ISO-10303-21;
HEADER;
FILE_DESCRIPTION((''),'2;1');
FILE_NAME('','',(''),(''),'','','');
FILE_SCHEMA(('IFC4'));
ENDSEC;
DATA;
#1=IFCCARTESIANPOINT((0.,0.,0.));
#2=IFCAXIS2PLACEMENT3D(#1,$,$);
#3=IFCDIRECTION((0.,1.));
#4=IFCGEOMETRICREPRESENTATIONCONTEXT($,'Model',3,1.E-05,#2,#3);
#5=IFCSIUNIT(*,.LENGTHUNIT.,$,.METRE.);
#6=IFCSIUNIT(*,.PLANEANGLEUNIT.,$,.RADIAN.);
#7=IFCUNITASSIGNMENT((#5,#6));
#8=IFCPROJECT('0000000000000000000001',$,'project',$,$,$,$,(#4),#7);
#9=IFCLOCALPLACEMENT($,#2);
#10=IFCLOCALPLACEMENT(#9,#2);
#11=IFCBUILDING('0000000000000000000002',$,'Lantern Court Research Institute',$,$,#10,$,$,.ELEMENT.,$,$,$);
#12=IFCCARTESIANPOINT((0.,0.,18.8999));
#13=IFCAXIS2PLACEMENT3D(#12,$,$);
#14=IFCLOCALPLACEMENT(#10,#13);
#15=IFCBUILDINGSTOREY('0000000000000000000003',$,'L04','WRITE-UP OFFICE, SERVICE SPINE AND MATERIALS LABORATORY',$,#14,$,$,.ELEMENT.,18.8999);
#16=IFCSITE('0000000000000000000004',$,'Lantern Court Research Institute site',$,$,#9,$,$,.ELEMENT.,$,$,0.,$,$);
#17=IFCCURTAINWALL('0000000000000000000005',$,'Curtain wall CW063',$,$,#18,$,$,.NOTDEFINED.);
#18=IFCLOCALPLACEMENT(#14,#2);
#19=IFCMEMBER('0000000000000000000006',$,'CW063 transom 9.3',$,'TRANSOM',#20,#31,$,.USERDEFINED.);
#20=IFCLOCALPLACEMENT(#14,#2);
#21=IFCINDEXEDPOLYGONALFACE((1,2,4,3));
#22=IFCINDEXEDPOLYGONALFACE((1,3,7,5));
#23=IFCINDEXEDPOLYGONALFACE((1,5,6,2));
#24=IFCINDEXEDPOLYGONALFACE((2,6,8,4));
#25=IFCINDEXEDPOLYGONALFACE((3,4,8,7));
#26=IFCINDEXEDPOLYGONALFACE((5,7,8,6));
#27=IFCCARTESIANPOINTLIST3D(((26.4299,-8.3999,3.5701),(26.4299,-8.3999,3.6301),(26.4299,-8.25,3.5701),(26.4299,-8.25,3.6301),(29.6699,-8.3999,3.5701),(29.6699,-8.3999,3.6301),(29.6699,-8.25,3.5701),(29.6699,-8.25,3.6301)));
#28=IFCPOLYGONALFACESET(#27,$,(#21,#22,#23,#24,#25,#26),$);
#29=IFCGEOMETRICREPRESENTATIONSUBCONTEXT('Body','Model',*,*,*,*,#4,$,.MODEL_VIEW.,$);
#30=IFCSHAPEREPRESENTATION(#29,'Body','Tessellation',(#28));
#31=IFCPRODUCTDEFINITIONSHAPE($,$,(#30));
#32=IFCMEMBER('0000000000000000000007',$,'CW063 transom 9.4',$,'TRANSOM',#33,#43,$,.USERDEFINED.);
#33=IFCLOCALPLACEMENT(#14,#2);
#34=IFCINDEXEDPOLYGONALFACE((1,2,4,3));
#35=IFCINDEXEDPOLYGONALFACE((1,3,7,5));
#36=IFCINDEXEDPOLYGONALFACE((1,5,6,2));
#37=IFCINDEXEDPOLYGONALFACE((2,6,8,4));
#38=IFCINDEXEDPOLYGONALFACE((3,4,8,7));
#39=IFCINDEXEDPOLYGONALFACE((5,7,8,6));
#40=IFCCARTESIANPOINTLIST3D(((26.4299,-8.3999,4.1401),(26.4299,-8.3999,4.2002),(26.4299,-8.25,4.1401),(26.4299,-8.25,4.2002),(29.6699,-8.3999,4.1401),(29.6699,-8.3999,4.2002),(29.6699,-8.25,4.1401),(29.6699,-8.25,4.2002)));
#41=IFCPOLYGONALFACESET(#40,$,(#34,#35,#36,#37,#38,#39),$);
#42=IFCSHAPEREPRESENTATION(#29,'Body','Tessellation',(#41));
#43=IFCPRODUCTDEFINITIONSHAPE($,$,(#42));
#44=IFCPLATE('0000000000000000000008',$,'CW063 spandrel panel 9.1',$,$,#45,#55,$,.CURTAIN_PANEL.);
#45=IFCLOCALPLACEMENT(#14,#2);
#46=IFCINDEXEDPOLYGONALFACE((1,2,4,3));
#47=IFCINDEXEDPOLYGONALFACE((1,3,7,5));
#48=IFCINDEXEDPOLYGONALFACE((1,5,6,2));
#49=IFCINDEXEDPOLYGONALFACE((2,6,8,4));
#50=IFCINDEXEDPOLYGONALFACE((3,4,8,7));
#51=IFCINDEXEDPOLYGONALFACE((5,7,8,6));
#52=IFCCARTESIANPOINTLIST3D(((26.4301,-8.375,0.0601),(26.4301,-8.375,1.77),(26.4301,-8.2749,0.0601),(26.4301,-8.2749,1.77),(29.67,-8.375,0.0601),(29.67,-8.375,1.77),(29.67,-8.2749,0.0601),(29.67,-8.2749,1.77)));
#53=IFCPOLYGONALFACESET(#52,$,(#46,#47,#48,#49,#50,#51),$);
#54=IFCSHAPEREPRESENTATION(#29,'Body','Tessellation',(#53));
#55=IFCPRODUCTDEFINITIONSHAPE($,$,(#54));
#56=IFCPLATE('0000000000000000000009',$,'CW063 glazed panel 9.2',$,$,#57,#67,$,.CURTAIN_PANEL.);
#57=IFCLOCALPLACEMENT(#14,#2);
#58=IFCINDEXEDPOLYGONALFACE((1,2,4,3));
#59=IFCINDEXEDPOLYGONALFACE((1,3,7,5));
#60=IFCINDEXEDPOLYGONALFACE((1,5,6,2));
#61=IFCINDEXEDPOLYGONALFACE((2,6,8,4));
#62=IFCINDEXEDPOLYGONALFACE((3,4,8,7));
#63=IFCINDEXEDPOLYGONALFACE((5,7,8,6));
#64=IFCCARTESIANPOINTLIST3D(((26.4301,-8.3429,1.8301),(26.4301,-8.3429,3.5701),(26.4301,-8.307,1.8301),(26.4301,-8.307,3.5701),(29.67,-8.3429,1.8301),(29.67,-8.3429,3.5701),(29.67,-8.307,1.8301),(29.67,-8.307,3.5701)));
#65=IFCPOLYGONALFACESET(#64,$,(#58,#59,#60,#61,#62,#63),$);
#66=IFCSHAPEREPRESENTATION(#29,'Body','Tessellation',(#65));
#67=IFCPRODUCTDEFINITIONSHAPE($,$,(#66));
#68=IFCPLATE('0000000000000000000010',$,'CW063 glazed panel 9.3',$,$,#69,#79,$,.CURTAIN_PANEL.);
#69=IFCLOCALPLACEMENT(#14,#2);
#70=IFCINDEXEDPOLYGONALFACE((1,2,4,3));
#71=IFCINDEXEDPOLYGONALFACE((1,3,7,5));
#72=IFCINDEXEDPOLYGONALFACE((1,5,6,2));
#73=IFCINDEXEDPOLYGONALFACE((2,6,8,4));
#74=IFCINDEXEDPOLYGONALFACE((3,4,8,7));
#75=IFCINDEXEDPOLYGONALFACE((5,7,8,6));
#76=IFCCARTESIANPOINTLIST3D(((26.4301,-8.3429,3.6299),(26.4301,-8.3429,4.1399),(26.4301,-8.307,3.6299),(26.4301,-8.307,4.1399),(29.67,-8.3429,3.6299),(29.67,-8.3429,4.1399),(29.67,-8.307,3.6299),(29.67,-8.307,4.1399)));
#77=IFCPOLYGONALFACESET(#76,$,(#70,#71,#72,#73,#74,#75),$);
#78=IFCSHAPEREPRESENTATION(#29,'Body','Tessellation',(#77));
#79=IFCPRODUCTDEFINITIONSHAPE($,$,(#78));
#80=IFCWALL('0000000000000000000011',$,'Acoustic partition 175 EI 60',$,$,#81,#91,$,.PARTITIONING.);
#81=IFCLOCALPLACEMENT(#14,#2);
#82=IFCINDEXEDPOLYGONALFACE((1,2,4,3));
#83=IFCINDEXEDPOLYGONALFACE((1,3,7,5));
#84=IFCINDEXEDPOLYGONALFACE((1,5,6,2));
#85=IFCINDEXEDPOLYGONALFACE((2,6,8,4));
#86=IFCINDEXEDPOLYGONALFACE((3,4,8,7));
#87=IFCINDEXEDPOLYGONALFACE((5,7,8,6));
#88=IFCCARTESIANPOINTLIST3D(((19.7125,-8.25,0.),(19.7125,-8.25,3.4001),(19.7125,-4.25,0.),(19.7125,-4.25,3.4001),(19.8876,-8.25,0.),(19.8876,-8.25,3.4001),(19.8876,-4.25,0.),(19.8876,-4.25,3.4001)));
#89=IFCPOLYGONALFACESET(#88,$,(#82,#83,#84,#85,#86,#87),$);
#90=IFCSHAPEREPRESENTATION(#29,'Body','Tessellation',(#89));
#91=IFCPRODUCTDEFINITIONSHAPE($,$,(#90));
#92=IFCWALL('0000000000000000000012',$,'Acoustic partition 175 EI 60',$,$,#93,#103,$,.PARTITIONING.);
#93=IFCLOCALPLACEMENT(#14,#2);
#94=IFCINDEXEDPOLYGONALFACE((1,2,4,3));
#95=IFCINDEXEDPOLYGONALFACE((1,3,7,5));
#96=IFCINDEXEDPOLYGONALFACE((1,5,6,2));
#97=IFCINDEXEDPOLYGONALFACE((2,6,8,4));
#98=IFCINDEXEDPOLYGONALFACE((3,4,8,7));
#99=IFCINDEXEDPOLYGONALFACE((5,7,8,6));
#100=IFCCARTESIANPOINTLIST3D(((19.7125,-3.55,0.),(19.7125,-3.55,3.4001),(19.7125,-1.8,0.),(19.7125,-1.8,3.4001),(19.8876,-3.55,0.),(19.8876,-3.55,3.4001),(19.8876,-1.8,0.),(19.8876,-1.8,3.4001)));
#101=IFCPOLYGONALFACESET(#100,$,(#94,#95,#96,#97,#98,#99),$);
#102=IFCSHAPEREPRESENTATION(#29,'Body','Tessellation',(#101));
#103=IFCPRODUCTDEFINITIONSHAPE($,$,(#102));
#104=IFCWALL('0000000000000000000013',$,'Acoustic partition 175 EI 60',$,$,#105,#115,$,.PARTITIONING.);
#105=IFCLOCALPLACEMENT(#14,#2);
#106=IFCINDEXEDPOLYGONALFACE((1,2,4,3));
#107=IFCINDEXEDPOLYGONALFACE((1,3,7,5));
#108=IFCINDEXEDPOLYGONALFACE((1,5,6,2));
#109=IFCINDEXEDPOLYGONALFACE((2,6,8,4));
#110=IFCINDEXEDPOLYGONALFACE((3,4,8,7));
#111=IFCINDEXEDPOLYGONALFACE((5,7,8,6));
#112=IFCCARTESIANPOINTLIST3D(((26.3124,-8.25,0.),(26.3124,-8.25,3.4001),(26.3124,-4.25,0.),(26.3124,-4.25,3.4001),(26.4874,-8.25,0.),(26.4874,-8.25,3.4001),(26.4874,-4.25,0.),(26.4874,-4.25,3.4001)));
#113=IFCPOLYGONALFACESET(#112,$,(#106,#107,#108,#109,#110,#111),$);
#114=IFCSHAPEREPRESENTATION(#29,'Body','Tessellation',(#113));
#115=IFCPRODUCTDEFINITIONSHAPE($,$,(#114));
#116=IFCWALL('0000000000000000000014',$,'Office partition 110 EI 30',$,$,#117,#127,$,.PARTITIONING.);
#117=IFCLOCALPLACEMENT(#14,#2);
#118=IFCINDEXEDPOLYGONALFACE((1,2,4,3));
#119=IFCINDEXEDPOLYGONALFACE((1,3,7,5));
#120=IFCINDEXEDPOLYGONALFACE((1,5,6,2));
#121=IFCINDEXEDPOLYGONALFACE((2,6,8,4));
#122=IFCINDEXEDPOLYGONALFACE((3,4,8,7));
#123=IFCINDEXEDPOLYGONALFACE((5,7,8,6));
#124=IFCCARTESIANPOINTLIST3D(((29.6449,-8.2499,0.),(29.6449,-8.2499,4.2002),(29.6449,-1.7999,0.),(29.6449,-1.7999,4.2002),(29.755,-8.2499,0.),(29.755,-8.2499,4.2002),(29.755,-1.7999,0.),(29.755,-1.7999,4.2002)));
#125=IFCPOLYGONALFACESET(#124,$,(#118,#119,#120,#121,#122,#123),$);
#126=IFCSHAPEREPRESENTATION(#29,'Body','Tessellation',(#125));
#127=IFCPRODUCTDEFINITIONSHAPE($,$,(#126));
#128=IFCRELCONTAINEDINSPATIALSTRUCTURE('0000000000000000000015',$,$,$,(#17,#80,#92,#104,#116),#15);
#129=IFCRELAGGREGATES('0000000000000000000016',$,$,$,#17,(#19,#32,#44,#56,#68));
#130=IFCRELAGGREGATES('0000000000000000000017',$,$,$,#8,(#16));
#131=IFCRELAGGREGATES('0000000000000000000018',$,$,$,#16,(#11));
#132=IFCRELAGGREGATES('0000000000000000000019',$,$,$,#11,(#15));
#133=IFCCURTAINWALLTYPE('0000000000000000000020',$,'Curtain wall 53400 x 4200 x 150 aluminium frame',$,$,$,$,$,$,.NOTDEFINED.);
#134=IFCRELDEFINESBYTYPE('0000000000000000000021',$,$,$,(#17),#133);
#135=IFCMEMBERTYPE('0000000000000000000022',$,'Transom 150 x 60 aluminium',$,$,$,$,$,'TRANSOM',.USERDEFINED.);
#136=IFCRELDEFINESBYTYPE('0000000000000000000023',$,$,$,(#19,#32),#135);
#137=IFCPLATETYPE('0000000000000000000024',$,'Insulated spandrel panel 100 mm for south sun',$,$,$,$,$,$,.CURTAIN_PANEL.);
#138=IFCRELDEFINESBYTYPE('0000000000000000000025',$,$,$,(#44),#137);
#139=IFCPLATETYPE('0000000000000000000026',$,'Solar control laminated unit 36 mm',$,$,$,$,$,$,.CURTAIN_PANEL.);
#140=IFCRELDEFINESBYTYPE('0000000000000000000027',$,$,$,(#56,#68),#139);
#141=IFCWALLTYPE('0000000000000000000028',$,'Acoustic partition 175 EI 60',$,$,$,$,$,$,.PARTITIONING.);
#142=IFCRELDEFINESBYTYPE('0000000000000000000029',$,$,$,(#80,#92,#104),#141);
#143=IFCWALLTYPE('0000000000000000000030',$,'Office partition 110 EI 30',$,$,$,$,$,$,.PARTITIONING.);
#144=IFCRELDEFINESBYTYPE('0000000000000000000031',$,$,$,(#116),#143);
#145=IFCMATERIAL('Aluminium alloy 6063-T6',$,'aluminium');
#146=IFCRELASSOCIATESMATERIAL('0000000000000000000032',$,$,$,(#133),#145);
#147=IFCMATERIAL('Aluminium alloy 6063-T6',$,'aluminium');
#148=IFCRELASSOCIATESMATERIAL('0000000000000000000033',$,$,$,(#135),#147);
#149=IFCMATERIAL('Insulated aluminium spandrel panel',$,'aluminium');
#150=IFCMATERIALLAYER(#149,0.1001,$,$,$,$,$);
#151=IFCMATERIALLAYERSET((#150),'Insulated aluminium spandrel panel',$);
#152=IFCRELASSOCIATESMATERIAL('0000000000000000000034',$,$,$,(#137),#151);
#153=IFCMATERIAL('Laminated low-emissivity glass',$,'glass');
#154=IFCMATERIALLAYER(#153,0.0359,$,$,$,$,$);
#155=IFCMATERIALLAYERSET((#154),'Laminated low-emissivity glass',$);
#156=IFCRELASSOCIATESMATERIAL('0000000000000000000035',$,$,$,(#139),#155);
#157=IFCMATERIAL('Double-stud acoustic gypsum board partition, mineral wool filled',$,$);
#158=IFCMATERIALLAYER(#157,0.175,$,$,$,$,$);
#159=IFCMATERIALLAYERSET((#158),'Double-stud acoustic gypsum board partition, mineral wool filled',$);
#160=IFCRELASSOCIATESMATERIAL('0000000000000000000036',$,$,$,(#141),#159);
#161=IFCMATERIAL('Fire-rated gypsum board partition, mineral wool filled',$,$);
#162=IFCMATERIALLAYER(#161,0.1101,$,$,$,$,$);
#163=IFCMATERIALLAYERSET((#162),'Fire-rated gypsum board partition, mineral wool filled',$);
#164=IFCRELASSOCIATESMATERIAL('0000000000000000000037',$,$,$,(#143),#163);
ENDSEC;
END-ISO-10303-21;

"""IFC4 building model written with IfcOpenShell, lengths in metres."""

from ifc_helpers import new_model, si_unit, direction, frame, frame_2d, origin, origin_2d, place, context, subcontext, project, spatial, rectangle, extrude, material, layer, layer_set, material_profile, profile_set, type_object, element, aggregate, save


model = new_model("IFC4")

# Units and contexts
model_context = context("Model", 3, precision=1e-05, world=origin(), true_north=direction((0.0, 1.0)))
body_context = subcontext(model_context, "Body", "Model", "MODEL_VIEW")
ifc_project = project(units=[si_unit("LENGTHUNIT", "METRE"), si_unit("PLANEANGLEUNIT", "RADIAN")], contexts=[model_context])

# Site, building, storey
site_placement = place(None, origin())
site = spatial("IfcSite", under=ifc_project, at=site_placement, Name="Lantern Court Research Institute site", CompositionType="ELEMENT", RefElevation=0.0)
building_placement = place(site_placement, origin())
building = spatial("IfcBuilding", under=site, at=building_placement, Name="Lantern Court Research Institute", CompositionType="ELEMENT")
storey_placement = place(building_placement, frame((0.0, 0.0, 18.8999)))
storey = spatial("IfcBuildingStorey", under=building, at=storey_placement, Name="L04", Description="WRITE-UP OFFICE, SERVICE SPINE AND MATERIALS LABORATORY", CompositionType="ELEMENT", Elevation=18.8999)

# Curtain wall
ifc_material_1 = material(Name="Aluminium alloy 6063-T6", Category="aluminium")
curtain_wall_type = type_object("IfcCurtainWallType", Name="Curtain wall 53400 x 4200 x 150 aluminium frame", PredefinedType="NOTDEFINED", material=ifc_material_1)
curtain_wall_placement = place(storey_placement, origin())
curtain_wall = element("IfcCurtainWall", 1, at=curtain_wall_placement, inside=storey, type_object=curtain_wall_type, Name="Curtain wall CW063", PredefinedType="NOTDEFINED")

# Members
ifc_material_2 = material(Name="Aluminium alloy 6063-T6", Category="aluminium")
ifc_material_profile_1 = material_profile(ifc_material_2, rectangle(XDim=0.1499, YDim=0.0601, at=origin_2d()), Name="Transom 150 x 60")
ifc_profile_set_1 = profile_set([ifc_material_profile_1], Name="Aluminium alloy 6063-T6")
member_type_1 = type_object("IfcMemberType", Name="Transom 150 x 60 aluminium", ElementType="TRANSOM", PredefinedType="USERDEFINED", material=ifc_profile_set_1)
member_1_placement = place(storey_placement, frame((29.6699, -8.325, 3.6001), z_axis=(-1.0, 0.0, 0.0), x_axis=(0.0, -1.0, 0.0)))
member_1 = element("IfcMember", 2, at=member_1_placement, type_object=member_type_1, Name="CW063 transom 9.3", ObjectType="TRANSOM", PredefinedType="USERDEFINED", context=body_context, shape_type="SweptSolid", body=[
    extrude(rectangle(XDim=0.1499, YDim=0.0601, at=origin_2d()), origin(), (0.0, 0.0, 1.0), 3.24),
])
member_2_placement = place(storey_placement, frame((29.6699, -8.325, 4.1702), z_axis=(-1.0, 0.0, 0.0), x_axis=(0.0, -1.0, 0.0)))
member_2 = element("IfcMember", 3, at=member_2_placement, type_object=member_type_1, Name="CW063 transom 9.4", ObjectType="TRANSOM", PredefinedType="USERDEFINED", context=body_context, shape_type="SweptSolid", body=[
    extrude(rectangle(XDim=0.1499, YDim=0.0601, at=origin_2d()), origin(), (0.0, 0.0, 1.0), 3.24),
])

# Plates
ifc_material_3 = material(Name="Insulated aluminium spandrel panel", Category="aluminium")
ifc_layer_1 = layer(ifc_material_3, 0.1001)
ifc_layer_set_1 = layer_set([ifc_layer_1], Name="Insulated aluminium spandrel panel")
plate_type_1 = type_object("IfcPlateType", Name="Insulated spandrel panel 100 mm for south sun", PredefinedType="CURTAIN_PANEL", material=ifc_layer_set_1)
plate_1_placement = place(storey_placement, frame((28.05, -8.325, 0.0601), z_axis=(0.0, 0.0, 1.0), x_axis=(-1.0, 0.0, 0.0)))
plate_1 = element("IfcPlate", 4, at=plate_1_placement, type_object=plate_type_1, Name="CW063 spandrel panel 9.1", PredefinedType="CURTAIN_PANEL", context=body_context, shape_type="SweptSolid", body=[
    extrude(rectangle(XDim=3.24, YDim=0.1001, at=origin_2d()), origin(), (0.0, 0.0, 1.0), 1.71),
])
ifc_material_4 = material(Name="Laminated low-emissivity glass", Category="glass")
ifc_layer_2 = layer(ifc_material_4, 0.0359)
ifc_layer_set_2 = layer_set([ifc_layer_2], Name="Laminated low-emissivity glass")
plate_type_2 = type_object("IfcPlateType", Name="Solar control laminated unit 36 mm", PredefinedType="CURTAIN_PANEL", material=ifc_layer_set_2)
plate_2_placement = place(storey_placement, frame((28.05, -8.325, 1.8301), z_axis=(0.0, 0.0, 1.0), x_axis=(-1.0, 0.0, 0.0)))
plate_2 = element("IfcPlate", 5, at=plate_2_placement, type_object=plate_type_2, Name="CW063 glazed panel 9.2", PredefinedType="CURTAIN_PANEL", context=body_context, shape_type="SweptSolid", body=[
    extrude(rectangle(XDim=3.24, YDim=0.0359, at=origin_2d()), origin(), (0.0, 0.0, 1.0), 1.74),
])
plate_3_placement = place(storey_placement, frame((28.05, -8.325, 3.6299), z_axis=(0.0, 0.0, 1.0), x_axis=(-1.0, 0.0, 0.0)))
plate_3 = element("IfcPlate", 6, at=plate_3_placement, type_object=plate_type_2, Name="CW063 glazed panel 9.3", PredefinedType="CURTAIN_PANEL", context=body_context, shape_type="SweptSolid", body=[
    extrude(rectangle(XDim=3.24, YDim=0.0359, at=origin_2d()), origin(), (0.0, 0.0, 1.0), 0.51),
])
aggregate(curtain_wall, [member_1, member_2, plate_1, plate_2, plate_3])

# Walls
ifc_material_5 = material(Name="Double-stud acoustic gypsum board partition, mineral wool filled")
ifc_layer_3 = layer(ifc_material_5, 0.175)
ifc_layer_set_3 = layer_set([ifc_layer_3], Name="Double-stud acoustic gypsum board partition, mineral wool filled")
wall_type_1 = type_object("IfcWallType", Name="Acoustic partition 175 EI 60", PredefinedType="PARTITIONING", material=ifc_layer_set_3)
wall_1_placement = place(storey_placement, frame((19.8, -8.25, 0.0), z_axis=(0.0, 0.0, 1.0), x_axis=(0.0, 1.0, 0.0)))
element("IfcWall", 7, at=wall_1_placement, inside=storey, type_object=wall_type_1, Name="Acoustic partition 175 EI 60", PredefinedType="PARTITIONING", context=body_context, shape_type="SweptSolid", body=[
    extrude(rectangle(XDim=4.0, YDim=0.175, at=frame_2d((2.0, 0.0))), origin(), (0.0, 0.0, 1.0), 3.4001),
])
wall_2_placement = place(storey_placement, frame((19.8, -3.55, 0.0), z_axis=(0.0, 0.0, 1.0), x_axis=(0.0, 1.0, 0.0)))
element("IfcWall", 8, at=wall_2_placement, inside=storey, type_object=wall_type_1, Name="Acoustic partition 175 EI 60", PredefinedType="PARTITIONING", context=body_context, shape_type="SweptSolid", body=[
    extrude(rectangle(XDim=1.75, YDim=0.175, at=frame_2d((0.875, 0.0))), origin(), (0.0, 0.0, 1.0), 3.4001),
])
wall_3_placement = place(storey_placement, frame((26.3999, -8.25, 0.0), z_axis=(0.0, 0.0, 1.0), x_axis=(0.0, 1.0, 0.0)))
element("IfcWall", 9, at=wall_3_placement, inside=storey, type_object=wall_type_1, Name="Acoustic partition 175 EI 60", PredefinedType="PARTITIONING", context=body_context, shape_type="SweptSolid", body=[
    extrude(rectangle(XDim=4.0, YDim=0.175, at=frame_2d((2.0, 0.0))), origin(), (0.0, 0.0, 1.0), 3.4001),
])
ifc_material_6 = material(Name="Fire-rated gypsum board partition, mineral wool filled")
ifc_layer_4 = layer(ifc_material_6, 0.1101)
ifc_layer_set_4 = layer_set([ifc_layer_4], Name="Fire-rated gypsum board partition, mineral wool filled")
wall_type_2 = type_object("IfcWallType", Name="Office partition 110 EI 30", PredefinedType="PARTITIONING", material=ifc_layer_set_4)
wall_4_placement = place(storey_placement, frame((29.7, -8.25, 0.0), z_axis=(0.0, 0.0, 1.0), x_axis=(0.0, 1.0, 0.0)))
element("IfcWall", 10, at=wall_4_placement, inside=storey, type_object=wall_type_2, Name="Office partition 110 EI 30", PredefinedType="PARTITIONING", context=body_context, shape_type="SweptSolid", body=[
    extrude(rectangle(XDim=6.45, YDim=0.1101, at=frame_2d((3.2251, 0.0))), origin(), (0.0, 0.0, 1.0), 4.2002),
])

save(model, "model.ifc")
